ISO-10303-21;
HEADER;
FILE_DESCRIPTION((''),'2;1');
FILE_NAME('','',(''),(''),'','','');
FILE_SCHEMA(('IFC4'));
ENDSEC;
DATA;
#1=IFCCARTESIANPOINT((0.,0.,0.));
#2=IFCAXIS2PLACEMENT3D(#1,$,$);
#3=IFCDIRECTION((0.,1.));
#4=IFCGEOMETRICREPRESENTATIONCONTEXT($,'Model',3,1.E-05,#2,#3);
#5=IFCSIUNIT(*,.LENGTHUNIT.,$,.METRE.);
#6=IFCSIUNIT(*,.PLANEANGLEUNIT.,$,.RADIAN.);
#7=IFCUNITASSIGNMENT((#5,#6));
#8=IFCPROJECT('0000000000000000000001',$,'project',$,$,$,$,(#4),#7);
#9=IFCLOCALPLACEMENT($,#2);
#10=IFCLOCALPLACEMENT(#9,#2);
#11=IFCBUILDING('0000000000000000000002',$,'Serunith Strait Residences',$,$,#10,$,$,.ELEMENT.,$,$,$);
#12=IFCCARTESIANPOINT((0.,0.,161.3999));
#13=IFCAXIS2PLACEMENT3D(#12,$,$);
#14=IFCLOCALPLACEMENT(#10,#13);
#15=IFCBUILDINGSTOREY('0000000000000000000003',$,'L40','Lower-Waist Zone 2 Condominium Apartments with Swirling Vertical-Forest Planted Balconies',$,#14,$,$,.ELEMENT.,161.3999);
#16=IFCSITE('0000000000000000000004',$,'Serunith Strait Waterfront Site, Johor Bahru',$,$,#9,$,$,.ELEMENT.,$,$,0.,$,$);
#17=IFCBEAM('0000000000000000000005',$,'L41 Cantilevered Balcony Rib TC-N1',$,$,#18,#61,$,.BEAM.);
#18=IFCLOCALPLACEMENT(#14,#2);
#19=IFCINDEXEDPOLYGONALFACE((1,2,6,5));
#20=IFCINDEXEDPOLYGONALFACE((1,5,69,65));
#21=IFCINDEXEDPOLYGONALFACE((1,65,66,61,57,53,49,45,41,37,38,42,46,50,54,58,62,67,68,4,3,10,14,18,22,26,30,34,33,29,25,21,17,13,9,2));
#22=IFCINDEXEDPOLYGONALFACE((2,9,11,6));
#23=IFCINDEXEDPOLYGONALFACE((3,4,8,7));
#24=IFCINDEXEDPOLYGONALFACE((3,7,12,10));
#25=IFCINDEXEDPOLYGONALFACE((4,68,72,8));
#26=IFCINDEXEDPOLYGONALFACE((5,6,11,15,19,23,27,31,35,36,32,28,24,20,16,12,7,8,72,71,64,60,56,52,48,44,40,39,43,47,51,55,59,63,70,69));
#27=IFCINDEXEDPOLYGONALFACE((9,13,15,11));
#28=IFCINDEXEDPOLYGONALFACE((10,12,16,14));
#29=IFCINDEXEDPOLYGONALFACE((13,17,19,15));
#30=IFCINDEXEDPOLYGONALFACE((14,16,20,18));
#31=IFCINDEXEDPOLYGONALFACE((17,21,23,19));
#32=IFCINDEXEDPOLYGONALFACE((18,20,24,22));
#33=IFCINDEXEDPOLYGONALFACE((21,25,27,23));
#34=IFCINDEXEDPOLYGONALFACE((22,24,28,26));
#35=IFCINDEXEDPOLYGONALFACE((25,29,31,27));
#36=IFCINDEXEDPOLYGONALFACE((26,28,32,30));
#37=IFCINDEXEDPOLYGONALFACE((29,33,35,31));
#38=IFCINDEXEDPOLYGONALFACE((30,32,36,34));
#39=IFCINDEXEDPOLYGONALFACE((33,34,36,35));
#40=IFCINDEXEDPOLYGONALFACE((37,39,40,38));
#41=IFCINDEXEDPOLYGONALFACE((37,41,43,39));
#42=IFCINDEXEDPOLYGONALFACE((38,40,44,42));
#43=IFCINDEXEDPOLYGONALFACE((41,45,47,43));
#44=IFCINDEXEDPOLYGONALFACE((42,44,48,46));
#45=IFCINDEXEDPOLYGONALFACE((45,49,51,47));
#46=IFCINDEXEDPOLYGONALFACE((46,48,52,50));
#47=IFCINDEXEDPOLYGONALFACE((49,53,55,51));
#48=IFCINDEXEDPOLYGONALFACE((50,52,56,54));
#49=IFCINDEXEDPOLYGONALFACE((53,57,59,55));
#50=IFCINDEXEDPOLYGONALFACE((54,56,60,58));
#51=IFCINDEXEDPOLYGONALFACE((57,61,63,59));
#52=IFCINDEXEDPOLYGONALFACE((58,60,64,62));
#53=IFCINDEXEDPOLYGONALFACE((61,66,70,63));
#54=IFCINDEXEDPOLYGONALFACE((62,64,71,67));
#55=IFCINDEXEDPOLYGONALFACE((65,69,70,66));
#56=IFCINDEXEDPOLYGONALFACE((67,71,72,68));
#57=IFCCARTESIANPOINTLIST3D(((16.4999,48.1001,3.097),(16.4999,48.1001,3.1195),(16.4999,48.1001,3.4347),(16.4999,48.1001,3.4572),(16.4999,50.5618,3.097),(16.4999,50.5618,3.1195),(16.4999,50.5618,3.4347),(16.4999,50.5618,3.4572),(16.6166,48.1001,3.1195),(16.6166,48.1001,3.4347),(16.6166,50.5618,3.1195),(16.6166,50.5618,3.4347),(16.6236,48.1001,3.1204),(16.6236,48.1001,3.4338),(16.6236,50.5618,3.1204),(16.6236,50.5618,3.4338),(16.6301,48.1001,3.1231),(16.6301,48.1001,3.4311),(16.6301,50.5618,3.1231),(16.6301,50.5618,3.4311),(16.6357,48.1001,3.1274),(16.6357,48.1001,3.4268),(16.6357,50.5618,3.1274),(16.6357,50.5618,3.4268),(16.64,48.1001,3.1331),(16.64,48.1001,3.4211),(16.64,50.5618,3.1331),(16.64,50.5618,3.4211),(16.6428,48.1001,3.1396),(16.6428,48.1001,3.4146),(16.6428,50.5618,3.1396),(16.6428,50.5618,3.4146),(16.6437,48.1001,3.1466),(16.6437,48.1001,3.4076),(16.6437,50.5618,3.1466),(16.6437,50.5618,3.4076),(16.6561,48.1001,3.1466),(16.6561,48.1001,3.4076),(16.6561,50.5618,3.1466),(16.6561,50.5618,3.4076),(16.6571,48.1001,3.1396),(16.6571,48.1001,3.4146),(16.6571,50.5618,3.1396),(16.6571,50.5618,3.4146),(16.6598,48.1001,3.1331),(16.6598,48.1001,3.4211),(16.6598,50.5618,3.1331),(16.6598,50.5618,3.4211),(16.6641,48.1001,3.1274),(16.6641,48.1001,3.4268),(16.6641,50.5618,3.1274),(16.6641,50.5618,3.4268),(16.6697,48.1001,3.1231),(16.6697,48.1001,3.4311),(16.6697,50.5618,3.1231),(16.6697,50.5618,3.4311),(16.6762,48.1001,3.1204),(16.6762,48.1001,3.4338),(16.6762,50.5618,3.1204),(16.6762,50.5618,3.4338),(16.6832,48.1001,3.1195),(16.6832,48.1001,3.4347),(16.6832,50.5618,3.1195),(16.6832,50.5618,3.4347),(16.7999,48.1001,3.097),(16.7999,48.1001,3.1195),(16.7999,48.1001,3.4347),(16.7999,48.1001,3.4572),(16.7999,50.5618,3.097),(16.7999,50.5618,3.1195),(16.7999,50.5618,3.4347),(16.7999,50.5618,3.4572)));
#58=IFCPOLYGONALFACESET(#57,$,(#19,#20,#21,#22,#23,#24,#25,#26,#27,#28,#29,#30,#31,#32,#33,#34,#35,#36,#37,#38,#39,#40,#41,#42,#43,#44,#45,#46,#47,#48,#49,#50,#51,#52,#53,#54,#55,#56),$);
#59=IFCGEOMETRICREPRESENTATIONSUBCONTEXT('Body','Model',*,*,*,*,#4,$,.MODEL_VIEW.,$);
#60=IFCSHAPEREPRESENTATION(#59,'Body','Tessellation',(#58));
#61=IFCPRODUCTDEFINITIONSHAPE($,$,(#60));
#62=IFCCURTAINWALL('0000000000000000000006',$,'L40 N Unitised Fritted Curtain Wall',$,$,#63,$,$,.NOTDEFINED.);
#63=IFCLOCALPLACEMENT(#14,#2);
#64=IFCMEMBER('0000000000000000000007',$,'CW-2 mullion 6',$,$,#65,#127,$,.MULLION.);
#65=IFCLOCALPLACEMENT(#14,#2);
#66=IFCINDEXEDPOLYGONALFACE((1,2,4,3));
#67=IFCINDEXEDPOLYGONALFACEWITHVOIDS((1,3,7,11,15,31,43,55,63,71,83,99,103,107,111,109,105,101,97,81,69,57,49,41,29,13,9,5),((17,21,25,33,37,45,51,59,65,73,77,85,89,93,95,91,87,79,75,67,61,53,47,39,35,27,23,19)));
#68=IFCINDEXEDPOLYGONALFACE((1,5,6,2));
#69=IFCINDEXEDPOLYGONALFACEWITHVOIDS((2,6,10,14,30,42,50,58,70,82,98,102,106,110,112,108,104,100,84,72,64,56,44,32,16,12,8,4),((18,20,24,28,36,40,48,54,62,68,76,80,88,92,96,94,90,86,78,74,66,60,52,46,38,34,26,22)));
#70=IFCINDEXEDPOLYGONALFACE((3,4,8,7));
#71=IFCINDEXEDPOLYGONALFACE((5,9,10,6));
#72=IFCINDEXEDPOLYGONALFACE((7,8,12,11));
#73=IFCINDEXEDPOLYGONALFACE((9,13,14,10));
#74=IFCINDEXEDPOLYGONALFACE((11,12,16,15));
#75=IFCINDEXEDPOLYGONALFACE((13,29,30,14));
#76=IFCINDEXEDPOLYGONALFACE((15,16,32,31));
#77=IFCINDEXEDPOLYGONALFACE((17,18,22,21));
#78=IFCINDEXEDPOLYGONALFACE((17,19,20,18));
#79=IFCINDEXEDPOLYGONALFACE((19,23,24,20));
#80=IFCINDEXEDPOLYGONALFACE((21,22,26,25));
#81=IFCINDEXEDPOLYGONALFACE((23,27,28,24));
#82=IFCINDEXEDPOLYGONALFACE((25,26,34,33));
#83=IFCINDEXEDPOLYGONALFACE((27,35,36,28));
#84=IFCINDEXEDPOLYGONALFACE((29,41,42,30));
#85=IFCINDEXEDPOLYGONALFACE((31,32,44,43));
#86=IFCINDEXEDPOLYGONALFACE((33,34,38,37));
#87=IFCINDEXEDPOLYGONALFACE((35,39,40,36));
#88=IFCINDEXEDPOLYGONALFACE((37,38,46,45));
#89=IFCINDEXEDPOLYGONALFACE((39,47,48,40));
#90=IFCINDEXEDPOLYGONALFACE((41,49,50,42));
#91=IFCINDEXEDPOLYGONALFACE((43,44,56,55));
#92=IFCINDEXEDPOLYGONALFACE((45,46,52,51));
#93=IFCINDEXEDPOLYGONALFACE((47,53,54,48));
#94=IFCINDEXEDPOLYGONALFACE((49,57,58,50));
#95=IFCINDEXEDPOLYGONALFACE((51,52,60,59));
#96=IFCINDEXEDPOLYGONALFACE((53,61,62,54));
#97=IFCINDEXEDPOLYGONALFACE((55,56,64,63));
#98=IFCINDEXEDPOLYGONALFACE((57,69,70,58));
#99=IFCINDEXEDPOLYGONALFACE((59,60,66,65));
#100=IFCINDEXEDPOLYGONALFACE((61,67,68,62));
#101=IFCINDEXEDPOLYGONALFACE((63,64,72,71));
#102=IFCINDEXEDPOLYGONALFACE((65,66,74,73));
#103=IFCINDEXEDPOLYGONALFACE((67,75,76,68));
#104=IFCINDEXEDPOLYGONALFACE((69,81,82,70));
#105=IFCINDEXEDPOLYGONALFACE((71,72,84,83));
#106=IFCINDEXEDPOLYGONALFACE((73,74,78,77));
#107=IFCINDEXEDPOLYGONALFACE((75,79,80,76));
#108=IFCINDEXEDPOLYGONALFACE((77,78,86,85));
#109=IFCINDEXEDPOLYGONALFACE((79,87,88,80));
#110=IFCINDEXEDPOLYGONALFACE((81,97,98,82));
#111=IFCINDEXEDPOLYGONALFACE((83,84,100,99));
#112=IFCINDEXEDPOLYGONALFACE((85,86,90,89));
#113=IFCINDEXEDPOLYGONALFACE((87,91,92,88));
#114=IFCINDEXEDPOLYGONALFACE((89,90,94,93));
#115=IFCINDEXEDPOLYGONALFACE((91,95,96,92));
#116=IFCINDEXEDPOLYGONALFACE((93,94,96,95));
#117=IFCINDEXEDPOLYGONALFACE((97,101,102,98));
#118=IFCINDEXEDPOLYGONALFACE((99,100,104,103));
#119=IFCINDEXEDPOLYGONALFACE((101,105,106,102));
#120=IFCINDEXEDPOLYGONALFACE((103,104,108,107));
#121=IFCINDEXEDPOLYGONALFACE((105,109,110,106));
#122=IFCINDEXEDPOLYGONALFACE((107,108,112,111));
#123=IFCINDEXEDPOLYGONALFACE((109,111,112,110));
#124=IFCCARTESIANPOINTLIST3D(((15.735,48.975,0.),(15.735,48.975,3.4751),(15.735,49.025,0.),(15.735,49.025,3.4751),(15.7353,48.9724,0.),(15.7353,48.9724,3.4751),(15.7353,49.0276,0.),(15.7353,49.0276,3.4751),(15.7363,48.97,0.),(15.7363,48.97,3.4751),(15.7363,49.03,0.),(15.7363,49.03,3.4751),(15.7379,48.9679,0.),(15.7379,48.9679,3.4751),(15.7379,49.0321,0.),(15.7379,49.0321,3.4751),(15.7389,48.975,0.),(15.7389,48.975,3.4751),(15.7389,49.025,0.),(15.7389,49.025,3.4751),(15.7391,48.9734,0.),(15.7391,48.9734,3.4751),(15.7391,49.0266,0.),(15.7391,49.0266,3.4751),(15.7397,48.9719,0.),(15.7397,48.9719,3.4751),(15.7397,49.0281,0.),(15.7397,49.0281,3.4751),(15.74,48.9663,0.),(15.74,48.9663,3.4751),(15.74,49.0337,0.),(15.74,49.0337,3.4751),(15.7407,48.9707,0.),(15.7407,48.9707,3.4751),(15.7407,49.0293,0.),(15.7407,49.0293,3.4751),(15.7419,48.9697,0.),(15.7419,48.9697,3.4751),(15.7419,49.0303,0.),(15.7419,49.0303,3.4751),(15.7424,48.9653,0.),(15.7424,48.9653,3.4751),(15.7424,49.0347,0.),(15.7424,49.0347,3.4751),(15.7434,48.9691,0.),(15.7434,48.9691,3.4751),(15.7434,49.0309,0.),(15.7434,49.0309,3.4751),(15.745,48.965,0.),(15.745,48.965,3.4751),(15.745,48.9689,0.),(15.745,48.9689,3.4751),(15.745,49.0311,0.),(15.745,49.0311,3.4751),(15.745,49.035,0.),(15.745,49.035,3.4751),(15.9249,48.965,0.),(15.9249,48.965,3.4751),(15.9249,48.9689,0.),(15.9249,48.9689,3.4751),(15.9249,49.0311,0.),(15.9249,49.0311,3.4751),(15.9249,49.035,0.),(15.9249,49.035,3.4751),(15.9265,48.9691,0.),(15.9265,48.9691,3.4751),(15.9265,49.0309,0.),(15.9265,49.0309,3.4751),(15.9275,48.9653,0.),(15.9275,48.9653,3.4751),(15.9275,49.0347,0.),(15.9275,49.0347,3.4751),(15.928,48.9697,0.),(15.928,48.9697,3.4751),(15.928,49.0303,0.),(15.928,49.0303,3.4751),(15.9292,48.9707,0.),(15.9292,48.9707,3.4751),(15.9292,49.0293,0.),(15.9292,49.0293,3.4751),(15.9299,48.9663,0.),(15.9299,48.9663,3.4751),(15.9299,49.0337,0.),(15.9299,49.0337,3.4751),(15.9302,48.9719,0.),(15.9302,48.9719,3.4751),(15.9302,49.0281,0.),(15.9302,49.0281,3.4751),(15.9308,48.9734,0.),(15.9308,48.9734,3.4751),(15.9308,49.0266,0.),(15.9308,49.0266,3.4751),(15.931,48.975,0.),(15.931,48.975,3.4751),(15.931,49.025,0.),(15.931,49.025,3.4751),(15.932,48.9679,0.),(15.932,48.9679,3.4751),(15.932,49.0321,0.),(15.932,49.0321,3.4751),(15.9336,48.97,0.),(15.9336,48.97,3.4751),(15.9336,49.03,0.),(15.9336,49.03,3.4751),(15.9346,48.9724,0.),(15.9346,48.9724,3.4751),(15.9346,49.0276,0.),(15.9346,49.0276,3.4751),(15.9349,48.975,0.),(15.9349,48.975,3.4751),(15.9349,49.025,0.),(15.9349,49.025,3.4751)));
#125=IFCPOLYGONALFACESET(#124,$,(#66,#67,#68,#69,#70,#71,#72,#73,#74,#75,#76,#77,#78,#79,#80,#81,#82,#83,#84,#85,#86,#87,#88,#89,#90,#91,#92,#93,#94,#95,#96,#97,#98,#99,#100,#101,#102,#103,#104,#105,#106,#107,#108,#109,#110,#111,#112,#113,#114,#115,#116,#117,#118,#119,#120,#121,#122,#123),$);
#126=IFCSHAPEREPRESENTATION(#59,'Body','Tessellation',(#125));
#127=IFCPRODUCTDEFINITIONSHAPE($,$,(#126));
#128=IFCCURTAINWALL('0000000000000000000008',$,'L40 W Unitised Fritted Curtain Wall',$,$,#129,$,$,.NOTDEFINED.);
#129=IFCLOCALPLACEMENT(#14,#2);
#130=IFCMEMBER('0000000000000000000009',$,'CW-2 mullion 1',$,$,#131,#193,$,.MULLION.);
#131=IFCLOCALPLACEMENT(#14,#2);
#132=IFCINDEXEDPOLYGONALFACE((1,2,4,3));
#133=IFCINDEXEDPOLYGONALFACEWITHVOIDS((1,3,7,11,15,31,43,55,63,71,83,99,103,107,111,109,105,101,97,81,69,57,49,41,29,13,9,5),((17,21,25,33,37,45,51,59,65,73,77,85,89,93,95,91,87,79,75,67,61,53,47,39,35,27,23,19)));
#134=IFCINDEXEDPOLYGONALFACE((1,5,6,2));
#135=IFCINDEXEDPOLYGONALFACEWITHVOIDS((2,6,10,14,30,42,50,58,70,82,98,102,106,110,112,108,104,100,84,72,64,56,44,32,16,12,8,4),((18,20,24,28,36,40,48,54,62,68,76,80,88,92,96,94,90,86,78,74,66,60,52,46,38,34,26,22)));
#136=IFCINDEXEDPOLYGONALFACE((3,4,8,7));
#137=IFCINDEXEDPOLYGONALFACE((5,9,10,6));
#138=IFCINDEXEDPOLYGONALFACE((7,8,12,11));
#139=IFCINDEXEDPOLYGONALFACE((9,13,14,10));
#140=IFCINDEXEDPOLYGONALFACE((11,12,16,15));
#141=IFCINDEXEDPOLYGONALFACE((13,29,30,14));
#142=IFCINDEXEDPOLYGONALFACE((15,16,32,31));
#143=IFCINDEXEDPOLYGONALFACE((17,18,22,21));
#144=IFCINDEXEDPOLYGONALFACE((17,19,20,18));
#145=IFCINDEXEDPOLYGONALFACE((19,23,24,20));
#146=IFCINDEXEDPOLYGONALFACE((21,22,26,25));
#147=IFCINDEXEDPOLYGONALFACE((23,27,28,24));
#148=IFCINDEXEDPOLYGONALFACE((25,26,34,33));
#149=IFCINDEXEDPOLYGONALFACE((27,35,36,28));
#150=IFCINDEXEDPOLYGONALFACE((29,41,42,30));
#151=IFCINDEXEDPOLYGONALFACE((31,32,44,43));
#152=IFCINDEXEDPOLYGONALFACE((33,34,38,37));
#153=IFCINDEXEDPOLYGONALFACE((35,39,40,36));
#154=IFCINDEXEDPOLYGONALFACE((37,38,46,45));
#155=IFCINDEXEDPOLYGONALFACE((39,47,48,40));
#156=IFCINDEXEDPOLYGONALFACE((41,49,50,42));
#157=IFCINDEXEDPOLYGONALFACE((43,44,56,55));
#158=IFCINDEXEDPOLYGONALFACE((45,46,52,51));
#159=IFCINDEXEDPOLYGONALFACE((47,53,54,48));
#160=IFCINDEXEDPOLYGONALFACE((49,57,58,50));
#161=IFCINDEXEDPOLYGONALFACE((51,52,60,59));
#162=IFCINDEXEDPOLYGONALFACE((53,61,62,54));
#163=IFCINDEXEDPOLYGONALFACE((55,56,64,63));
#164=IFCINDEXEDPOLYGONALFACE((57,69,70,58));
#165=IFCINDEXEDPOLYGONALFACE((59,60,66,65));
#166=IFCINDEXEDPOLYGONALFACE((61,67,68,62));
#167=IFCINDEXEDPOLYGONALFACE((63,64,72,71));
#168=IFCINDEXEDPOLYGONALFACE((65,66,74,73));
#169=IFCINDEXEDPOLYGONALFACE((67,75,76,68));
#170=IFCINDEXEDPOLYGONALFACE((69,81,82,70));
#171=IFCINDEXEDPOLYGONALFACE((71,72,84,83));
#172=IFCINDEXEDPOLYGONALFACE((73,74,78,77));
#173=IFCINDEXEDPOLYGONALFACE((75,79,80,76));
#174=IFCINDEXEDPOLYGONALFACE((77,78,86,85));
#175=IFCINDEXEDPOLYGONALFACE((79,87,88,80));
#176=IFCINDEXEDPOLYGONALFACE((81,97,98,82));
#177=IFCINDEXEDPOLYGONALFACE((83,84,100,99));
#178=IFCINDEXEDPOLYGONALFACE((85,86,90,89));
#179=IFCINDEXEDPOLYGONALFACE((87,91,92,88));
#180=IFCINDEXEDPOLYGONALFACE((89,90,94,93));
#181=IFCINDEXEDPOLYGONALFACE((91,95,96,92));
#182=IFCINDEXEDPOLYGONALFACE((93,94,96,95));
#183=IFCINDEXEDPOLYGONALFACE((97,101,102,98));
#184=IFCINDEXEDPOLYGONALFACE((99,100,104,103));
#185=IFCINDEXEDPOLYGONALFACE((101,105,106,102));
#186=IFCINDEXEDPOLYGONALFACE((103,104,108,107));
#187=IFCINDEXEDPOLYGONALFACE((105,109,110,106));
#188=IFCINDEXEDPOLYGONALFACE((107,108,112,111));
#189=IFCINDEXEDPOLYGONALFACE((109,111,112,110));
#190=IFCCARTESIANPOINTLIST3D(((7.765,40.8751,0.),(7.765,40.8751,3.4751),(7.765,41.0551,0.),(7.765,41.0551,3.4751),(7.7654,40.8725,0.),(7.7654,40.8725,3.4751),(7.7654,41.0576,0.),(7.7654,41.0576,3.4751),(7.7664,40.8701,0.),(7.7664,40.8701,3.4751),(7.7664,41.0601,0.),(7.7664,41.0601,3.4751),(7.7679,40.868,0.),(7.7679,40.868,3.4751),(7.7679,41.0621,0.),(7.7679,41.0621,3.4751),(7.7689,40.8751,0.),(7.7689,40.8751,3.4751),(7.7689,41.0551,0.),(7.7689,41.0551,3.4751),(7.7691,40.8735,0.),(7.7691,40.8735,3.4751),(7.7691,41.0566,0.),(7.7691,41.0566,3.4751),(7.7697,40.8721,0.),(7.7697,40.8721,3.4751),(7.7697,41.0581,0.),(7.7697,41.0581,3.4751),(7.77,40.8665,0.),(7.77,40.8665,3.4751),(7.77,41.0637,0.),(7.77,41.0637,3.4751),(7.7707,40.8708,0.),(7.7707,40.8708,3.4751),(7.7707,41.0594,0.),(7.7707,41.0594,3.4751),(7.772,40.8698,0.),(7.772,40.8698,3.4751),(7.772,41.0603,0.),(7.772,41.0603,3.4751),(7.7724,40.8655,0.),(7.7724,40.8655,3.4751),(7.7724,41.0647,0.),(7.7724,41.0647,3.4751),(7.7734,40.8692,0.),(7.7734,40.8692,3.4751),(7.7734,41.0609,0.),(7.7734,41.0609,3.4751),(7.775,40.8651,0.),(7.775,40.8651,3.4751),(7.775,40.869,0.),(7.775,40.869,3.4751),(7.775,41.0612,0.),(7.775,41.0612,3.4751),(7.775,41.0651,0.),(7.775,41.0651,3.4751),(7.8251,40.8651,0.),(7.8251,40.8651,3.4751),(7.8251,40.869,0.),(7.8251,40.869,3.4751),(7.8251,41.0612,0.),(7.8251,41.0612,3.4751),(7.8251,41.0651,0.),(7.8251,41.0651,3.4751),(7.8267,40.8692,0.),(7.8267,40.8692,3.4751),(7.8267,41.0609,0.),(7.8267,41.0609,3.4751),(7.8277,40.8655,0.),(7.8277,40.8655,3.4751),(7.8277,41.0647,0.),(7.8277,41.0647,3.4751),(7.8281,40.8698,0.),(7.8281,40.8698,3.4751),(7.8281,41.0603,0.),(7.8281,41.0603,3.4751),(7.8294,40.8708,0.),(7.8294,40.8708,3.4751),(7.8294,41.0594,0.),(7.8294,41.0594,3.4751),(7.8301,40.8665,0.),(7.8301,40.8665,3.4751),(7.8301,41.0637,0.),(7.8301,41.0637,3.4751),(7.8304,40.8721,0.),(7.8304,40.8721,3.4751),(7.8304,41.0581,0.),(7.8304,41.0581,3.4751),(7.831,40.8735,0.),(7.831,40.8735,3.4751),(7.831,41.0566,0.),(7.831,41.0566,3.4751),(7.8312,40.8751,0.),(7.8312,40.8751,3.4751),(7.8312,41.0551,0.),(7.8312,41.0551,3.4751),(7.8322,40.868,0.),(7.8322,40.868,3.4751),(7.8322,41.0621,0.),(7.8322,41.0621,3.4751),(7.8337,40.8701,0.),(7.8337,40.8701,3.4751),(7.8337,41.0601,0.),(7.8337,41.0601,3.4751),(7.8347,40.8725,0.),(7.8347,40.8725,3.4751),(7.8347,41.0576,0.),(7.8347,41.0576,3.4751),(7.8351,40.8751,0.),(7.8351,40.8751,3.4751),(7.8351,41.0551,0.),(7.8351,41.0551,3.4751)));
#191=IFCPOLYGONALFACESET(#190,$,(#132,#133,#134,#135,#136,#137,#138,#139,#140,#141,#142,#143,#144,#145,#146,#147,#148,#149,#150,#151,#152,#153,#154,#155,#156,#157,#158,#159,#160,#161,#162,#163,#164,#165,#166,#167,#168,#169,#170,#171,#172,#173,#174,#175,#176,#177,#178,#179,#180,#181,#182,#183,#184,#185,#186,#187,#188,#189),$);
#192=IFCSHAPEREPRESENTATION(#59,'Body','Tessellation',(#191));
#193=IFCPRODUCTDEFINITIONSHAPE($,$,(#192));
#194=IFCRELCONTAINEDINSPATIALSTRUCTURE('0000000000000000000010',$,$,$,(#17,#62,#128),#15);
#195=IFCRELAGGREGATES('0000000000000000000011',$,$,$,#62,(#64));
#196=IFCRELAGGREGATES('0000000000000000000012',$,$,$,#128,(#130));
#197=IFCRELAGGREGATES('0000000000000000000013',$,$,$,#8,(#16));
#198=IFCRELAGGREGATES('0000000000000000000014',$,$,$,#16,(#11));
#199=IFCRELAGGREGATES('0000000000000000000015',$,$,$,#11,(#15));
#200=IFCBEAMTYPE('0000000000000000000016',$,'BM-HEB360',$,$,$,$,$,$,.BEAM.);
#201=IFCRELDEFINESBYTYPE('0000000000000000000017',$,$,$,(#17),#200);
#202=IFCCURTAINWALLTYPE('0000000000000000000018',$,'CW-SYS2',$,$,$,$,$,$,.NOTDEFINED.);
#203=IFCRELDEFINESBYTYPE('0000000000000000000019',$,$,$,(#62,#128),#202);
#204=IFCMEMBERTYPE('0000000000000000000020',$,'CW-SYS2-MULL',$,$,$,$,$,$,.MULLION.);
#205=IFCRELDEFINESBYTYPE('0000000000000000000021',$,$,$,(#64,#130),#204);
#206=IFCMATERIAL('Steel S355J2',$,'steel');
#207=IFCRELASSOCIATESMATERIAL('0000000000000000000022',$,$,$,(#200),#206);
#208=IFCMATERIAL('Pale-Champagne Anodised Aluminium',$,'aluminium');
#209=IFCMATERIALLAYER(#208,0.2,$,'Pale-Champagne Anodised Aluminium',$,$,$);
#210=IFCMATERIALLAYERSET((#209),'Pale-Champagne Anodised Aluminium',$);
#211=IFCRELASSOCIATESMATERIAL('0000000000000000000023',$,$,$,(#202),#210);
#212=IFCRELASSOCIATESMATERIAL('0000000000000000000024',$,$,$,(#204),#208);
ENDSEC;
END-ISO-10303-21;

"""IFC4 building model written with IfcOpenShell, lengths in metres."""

from ifc_helpers import new_model, si_unit, direction, frame, origin, origin_2d, place, context, subcontext, project, spatial, hollow_rectangle, i_section, extrude, source, transform, mapped, material, layer, layer_set, material_profile, profile_set, type_object, element, aggregate, save


model = new_model("IFC4")

# Units and contexts
model_context = context("Model", 3, precision=1e-05, world=origin(), true_north=direction((0.0, 1.0)))
body_context = subcontext(model_context, "Body", "Model", "MODEL_VIEW")
ifc_project = project(units=[si_unit("LENGTHUNIT", "METRE"), si_unit("PLANEANGLEUNIT", "RADIAN")], contexts=[model_context])

# Site, building, storey
site_placement = place(None, origin())
site = spatial("IfcSite", under=ifc_project, at=site_placement, Name="Serunith Strait Waterfront Site, Johor Bahru", CompositionType="ELEMENT", RefElevation=0.0)
building_placement = place(site_placement, origin())
building = spatial("IfcBuilding", under=site, at=building_placement, Name="Serunith Strait Residences", CompositionType="ELEMENT")
storey_placement = place(building_placement, frame((0.0, 0.0, 161.3999)))
storey = spatial("IfcBuildingStorey", under=building, at=storey_placement, Name="L40", Description="Lower-Waist Zone 2 Condominium Apartments with Swirling Vertical-Forest Planted Balconies", CompositionType="ELEMENT", Elevation=161.3999)

# Beam
ifc_material_1 = material(Name="Steel S355J2", Category="steel")
ifc_material_profile_1 = material_profile(ifc_material_1, i_section(OverallWidth=0.3, OverallDepth=0.3601, WebThickness=0.0125, FlangeThickness=0.0225, FilletRadius=0.0271, at=origin_2d()), Name="HEB 360")
ifc_profile_set_1 = profile_set([ifc_material_profile_1], Name="Steel S355J2")
beam_type_1 = type_object("IfcBeamType", Name="BM-HEB360", PredefinedType="BEAM", material=ifc_profile_set_1)
shared_shape_1 = source(origin(), body_context, "Body", "SweptSolid", [
    extrude(i_section(OverallWidth=0.3, OverallDepth=0.3601, WebThickness=0.0125, FlangeThickness=0.0225, FilletRadius=0.0271, at=origin_2d()), origin(), (0.0, 0.0, 1.0), 2.4617),
])
beam_1_placement = place(storey_placement, frame((16.6499, 48.1001, 3.2771), z_axis=(0.0, 1.0, 0.0), x_axis=(-1.0, 0.0, 0.0)))
element("IfcBeam", 1, at=beam_1_placement, inside=storey, type_object=beam_type_1, Name="L41 Cantilevered Balcony Rib TC-N1", PredefinedType="BEAM", context=body_context, shape_type="MappedRepresentation", body=[
    mapped(shared_shape_1, transform((0.0, 0.0, 0.0), scale=1.0)),
])

# Curtain wall, member
ifc_material_2 = material(Name="Pale-Champagne Anodised Aluminium", Category="aluminium")
ifc_layer_1 = layer(ifc_material_2, 0.2, Name="Pale-Champagne Anodised Aluminium")
ifc_layer_set_1 = layer_set([ifc_layer_1], Name="Pale-Champagne Anodised Aluminium")
curtain_wall_type = type_object("IfcCurtainWallType", Name="CW-SYS2", PredefinedType="NOTDEFINED", material=ifc_layer_set_1)
curtain_wall_1_placement = place(storey_placement, origin())
curtain_wall_1 = element("IfcCurtainWall", 2, at=curtain_wall_1_placement, inside=storey, type_object=curtain_wall_type, Name="L40 N Unitised Fritted Curtain Wall", PredefinedType="NOTDEFINED")
ifc_material_profile_2 = material_profile(ifc_material_2, hollow_rectangle(XDim=0.0701, YDim=0.2, WallThickness=0.0039, InnerFilletRadius=0.0061, OuterFilletRadius=0.01, at=origin_2d()), Name="ALU 200x70x4")
ifc_profile_set_2 = profile_set([ifc_material_profile_2], Name="Pale-Champagne Anodised Aluminium")
member_type_1 = type_object("IfcMemberType", Name="CW-SYS2-MULL", PredefinedType="MULLION", material=ifc_profile_set_2)
shared_shape_2 = source(origin(), body_context, "Body", "SweptSolid", [
    extrude(hollow_rectangle(XDim=0.0701, YDim=0.2, WallThickness=0.0039, InnerFilletRadius=0.0061, OuterFilletRadius=0.01, at=origin_2d()), origin(), (0.0, 0.0, 1.0), 3.4751),
])
member_1_placement = place(storey_placement, frame((15.835, 49.0, 0.0), z_axis=(0.0, 0.0, 1.0), x_axis=(0.0, -1.0, 0.0)))
member_1 = element("IfcMember", 3, at=member_1_placement, type_object=member_type_1, Name="CW-2 mullion 6", PredefinedType="MULLION", context=body_context, shape_type="MappedRepresentation", body=[
    mapped(shared_shape_2, transform((0.0, 0.0, 0.0), scale=1.0)),
])
aggregate(curtain_wall_1, [member_1])

# Curtain wall, member
curtain_wall_2_placement = place(storey_placement, origin())
curtain_wall_2 = element("IfcCurtainWall", 4, at=curtain_wall_2_placement, inside=storey, type_object=curtain_wall_type, Name="L40 W Unitised Fritted Curtain Wall", PredefinedType="NOTDEFINED")
member_2_placement = place(storey_placement, frame((7.8, 40.9651, 0.0), z_axis=(0.0, 0.0, 1.0), x_axis=(1.0, 0.0, 0.0)))
member_2 = element("IfcMember", 5, at=member_2_placement, type_object=member_type_1, Name="CW-2 mullion 1", PredefinedType="MULLION", context=body_context, shape_type="MappedRepresentation", body=[
    mapped(shared_shape_2, transform((0.0, 0.0, 0.0), scale=1.0)),
])
aggregate(curtain_wall_2, [member_2])

save(model, "model.ifc")
